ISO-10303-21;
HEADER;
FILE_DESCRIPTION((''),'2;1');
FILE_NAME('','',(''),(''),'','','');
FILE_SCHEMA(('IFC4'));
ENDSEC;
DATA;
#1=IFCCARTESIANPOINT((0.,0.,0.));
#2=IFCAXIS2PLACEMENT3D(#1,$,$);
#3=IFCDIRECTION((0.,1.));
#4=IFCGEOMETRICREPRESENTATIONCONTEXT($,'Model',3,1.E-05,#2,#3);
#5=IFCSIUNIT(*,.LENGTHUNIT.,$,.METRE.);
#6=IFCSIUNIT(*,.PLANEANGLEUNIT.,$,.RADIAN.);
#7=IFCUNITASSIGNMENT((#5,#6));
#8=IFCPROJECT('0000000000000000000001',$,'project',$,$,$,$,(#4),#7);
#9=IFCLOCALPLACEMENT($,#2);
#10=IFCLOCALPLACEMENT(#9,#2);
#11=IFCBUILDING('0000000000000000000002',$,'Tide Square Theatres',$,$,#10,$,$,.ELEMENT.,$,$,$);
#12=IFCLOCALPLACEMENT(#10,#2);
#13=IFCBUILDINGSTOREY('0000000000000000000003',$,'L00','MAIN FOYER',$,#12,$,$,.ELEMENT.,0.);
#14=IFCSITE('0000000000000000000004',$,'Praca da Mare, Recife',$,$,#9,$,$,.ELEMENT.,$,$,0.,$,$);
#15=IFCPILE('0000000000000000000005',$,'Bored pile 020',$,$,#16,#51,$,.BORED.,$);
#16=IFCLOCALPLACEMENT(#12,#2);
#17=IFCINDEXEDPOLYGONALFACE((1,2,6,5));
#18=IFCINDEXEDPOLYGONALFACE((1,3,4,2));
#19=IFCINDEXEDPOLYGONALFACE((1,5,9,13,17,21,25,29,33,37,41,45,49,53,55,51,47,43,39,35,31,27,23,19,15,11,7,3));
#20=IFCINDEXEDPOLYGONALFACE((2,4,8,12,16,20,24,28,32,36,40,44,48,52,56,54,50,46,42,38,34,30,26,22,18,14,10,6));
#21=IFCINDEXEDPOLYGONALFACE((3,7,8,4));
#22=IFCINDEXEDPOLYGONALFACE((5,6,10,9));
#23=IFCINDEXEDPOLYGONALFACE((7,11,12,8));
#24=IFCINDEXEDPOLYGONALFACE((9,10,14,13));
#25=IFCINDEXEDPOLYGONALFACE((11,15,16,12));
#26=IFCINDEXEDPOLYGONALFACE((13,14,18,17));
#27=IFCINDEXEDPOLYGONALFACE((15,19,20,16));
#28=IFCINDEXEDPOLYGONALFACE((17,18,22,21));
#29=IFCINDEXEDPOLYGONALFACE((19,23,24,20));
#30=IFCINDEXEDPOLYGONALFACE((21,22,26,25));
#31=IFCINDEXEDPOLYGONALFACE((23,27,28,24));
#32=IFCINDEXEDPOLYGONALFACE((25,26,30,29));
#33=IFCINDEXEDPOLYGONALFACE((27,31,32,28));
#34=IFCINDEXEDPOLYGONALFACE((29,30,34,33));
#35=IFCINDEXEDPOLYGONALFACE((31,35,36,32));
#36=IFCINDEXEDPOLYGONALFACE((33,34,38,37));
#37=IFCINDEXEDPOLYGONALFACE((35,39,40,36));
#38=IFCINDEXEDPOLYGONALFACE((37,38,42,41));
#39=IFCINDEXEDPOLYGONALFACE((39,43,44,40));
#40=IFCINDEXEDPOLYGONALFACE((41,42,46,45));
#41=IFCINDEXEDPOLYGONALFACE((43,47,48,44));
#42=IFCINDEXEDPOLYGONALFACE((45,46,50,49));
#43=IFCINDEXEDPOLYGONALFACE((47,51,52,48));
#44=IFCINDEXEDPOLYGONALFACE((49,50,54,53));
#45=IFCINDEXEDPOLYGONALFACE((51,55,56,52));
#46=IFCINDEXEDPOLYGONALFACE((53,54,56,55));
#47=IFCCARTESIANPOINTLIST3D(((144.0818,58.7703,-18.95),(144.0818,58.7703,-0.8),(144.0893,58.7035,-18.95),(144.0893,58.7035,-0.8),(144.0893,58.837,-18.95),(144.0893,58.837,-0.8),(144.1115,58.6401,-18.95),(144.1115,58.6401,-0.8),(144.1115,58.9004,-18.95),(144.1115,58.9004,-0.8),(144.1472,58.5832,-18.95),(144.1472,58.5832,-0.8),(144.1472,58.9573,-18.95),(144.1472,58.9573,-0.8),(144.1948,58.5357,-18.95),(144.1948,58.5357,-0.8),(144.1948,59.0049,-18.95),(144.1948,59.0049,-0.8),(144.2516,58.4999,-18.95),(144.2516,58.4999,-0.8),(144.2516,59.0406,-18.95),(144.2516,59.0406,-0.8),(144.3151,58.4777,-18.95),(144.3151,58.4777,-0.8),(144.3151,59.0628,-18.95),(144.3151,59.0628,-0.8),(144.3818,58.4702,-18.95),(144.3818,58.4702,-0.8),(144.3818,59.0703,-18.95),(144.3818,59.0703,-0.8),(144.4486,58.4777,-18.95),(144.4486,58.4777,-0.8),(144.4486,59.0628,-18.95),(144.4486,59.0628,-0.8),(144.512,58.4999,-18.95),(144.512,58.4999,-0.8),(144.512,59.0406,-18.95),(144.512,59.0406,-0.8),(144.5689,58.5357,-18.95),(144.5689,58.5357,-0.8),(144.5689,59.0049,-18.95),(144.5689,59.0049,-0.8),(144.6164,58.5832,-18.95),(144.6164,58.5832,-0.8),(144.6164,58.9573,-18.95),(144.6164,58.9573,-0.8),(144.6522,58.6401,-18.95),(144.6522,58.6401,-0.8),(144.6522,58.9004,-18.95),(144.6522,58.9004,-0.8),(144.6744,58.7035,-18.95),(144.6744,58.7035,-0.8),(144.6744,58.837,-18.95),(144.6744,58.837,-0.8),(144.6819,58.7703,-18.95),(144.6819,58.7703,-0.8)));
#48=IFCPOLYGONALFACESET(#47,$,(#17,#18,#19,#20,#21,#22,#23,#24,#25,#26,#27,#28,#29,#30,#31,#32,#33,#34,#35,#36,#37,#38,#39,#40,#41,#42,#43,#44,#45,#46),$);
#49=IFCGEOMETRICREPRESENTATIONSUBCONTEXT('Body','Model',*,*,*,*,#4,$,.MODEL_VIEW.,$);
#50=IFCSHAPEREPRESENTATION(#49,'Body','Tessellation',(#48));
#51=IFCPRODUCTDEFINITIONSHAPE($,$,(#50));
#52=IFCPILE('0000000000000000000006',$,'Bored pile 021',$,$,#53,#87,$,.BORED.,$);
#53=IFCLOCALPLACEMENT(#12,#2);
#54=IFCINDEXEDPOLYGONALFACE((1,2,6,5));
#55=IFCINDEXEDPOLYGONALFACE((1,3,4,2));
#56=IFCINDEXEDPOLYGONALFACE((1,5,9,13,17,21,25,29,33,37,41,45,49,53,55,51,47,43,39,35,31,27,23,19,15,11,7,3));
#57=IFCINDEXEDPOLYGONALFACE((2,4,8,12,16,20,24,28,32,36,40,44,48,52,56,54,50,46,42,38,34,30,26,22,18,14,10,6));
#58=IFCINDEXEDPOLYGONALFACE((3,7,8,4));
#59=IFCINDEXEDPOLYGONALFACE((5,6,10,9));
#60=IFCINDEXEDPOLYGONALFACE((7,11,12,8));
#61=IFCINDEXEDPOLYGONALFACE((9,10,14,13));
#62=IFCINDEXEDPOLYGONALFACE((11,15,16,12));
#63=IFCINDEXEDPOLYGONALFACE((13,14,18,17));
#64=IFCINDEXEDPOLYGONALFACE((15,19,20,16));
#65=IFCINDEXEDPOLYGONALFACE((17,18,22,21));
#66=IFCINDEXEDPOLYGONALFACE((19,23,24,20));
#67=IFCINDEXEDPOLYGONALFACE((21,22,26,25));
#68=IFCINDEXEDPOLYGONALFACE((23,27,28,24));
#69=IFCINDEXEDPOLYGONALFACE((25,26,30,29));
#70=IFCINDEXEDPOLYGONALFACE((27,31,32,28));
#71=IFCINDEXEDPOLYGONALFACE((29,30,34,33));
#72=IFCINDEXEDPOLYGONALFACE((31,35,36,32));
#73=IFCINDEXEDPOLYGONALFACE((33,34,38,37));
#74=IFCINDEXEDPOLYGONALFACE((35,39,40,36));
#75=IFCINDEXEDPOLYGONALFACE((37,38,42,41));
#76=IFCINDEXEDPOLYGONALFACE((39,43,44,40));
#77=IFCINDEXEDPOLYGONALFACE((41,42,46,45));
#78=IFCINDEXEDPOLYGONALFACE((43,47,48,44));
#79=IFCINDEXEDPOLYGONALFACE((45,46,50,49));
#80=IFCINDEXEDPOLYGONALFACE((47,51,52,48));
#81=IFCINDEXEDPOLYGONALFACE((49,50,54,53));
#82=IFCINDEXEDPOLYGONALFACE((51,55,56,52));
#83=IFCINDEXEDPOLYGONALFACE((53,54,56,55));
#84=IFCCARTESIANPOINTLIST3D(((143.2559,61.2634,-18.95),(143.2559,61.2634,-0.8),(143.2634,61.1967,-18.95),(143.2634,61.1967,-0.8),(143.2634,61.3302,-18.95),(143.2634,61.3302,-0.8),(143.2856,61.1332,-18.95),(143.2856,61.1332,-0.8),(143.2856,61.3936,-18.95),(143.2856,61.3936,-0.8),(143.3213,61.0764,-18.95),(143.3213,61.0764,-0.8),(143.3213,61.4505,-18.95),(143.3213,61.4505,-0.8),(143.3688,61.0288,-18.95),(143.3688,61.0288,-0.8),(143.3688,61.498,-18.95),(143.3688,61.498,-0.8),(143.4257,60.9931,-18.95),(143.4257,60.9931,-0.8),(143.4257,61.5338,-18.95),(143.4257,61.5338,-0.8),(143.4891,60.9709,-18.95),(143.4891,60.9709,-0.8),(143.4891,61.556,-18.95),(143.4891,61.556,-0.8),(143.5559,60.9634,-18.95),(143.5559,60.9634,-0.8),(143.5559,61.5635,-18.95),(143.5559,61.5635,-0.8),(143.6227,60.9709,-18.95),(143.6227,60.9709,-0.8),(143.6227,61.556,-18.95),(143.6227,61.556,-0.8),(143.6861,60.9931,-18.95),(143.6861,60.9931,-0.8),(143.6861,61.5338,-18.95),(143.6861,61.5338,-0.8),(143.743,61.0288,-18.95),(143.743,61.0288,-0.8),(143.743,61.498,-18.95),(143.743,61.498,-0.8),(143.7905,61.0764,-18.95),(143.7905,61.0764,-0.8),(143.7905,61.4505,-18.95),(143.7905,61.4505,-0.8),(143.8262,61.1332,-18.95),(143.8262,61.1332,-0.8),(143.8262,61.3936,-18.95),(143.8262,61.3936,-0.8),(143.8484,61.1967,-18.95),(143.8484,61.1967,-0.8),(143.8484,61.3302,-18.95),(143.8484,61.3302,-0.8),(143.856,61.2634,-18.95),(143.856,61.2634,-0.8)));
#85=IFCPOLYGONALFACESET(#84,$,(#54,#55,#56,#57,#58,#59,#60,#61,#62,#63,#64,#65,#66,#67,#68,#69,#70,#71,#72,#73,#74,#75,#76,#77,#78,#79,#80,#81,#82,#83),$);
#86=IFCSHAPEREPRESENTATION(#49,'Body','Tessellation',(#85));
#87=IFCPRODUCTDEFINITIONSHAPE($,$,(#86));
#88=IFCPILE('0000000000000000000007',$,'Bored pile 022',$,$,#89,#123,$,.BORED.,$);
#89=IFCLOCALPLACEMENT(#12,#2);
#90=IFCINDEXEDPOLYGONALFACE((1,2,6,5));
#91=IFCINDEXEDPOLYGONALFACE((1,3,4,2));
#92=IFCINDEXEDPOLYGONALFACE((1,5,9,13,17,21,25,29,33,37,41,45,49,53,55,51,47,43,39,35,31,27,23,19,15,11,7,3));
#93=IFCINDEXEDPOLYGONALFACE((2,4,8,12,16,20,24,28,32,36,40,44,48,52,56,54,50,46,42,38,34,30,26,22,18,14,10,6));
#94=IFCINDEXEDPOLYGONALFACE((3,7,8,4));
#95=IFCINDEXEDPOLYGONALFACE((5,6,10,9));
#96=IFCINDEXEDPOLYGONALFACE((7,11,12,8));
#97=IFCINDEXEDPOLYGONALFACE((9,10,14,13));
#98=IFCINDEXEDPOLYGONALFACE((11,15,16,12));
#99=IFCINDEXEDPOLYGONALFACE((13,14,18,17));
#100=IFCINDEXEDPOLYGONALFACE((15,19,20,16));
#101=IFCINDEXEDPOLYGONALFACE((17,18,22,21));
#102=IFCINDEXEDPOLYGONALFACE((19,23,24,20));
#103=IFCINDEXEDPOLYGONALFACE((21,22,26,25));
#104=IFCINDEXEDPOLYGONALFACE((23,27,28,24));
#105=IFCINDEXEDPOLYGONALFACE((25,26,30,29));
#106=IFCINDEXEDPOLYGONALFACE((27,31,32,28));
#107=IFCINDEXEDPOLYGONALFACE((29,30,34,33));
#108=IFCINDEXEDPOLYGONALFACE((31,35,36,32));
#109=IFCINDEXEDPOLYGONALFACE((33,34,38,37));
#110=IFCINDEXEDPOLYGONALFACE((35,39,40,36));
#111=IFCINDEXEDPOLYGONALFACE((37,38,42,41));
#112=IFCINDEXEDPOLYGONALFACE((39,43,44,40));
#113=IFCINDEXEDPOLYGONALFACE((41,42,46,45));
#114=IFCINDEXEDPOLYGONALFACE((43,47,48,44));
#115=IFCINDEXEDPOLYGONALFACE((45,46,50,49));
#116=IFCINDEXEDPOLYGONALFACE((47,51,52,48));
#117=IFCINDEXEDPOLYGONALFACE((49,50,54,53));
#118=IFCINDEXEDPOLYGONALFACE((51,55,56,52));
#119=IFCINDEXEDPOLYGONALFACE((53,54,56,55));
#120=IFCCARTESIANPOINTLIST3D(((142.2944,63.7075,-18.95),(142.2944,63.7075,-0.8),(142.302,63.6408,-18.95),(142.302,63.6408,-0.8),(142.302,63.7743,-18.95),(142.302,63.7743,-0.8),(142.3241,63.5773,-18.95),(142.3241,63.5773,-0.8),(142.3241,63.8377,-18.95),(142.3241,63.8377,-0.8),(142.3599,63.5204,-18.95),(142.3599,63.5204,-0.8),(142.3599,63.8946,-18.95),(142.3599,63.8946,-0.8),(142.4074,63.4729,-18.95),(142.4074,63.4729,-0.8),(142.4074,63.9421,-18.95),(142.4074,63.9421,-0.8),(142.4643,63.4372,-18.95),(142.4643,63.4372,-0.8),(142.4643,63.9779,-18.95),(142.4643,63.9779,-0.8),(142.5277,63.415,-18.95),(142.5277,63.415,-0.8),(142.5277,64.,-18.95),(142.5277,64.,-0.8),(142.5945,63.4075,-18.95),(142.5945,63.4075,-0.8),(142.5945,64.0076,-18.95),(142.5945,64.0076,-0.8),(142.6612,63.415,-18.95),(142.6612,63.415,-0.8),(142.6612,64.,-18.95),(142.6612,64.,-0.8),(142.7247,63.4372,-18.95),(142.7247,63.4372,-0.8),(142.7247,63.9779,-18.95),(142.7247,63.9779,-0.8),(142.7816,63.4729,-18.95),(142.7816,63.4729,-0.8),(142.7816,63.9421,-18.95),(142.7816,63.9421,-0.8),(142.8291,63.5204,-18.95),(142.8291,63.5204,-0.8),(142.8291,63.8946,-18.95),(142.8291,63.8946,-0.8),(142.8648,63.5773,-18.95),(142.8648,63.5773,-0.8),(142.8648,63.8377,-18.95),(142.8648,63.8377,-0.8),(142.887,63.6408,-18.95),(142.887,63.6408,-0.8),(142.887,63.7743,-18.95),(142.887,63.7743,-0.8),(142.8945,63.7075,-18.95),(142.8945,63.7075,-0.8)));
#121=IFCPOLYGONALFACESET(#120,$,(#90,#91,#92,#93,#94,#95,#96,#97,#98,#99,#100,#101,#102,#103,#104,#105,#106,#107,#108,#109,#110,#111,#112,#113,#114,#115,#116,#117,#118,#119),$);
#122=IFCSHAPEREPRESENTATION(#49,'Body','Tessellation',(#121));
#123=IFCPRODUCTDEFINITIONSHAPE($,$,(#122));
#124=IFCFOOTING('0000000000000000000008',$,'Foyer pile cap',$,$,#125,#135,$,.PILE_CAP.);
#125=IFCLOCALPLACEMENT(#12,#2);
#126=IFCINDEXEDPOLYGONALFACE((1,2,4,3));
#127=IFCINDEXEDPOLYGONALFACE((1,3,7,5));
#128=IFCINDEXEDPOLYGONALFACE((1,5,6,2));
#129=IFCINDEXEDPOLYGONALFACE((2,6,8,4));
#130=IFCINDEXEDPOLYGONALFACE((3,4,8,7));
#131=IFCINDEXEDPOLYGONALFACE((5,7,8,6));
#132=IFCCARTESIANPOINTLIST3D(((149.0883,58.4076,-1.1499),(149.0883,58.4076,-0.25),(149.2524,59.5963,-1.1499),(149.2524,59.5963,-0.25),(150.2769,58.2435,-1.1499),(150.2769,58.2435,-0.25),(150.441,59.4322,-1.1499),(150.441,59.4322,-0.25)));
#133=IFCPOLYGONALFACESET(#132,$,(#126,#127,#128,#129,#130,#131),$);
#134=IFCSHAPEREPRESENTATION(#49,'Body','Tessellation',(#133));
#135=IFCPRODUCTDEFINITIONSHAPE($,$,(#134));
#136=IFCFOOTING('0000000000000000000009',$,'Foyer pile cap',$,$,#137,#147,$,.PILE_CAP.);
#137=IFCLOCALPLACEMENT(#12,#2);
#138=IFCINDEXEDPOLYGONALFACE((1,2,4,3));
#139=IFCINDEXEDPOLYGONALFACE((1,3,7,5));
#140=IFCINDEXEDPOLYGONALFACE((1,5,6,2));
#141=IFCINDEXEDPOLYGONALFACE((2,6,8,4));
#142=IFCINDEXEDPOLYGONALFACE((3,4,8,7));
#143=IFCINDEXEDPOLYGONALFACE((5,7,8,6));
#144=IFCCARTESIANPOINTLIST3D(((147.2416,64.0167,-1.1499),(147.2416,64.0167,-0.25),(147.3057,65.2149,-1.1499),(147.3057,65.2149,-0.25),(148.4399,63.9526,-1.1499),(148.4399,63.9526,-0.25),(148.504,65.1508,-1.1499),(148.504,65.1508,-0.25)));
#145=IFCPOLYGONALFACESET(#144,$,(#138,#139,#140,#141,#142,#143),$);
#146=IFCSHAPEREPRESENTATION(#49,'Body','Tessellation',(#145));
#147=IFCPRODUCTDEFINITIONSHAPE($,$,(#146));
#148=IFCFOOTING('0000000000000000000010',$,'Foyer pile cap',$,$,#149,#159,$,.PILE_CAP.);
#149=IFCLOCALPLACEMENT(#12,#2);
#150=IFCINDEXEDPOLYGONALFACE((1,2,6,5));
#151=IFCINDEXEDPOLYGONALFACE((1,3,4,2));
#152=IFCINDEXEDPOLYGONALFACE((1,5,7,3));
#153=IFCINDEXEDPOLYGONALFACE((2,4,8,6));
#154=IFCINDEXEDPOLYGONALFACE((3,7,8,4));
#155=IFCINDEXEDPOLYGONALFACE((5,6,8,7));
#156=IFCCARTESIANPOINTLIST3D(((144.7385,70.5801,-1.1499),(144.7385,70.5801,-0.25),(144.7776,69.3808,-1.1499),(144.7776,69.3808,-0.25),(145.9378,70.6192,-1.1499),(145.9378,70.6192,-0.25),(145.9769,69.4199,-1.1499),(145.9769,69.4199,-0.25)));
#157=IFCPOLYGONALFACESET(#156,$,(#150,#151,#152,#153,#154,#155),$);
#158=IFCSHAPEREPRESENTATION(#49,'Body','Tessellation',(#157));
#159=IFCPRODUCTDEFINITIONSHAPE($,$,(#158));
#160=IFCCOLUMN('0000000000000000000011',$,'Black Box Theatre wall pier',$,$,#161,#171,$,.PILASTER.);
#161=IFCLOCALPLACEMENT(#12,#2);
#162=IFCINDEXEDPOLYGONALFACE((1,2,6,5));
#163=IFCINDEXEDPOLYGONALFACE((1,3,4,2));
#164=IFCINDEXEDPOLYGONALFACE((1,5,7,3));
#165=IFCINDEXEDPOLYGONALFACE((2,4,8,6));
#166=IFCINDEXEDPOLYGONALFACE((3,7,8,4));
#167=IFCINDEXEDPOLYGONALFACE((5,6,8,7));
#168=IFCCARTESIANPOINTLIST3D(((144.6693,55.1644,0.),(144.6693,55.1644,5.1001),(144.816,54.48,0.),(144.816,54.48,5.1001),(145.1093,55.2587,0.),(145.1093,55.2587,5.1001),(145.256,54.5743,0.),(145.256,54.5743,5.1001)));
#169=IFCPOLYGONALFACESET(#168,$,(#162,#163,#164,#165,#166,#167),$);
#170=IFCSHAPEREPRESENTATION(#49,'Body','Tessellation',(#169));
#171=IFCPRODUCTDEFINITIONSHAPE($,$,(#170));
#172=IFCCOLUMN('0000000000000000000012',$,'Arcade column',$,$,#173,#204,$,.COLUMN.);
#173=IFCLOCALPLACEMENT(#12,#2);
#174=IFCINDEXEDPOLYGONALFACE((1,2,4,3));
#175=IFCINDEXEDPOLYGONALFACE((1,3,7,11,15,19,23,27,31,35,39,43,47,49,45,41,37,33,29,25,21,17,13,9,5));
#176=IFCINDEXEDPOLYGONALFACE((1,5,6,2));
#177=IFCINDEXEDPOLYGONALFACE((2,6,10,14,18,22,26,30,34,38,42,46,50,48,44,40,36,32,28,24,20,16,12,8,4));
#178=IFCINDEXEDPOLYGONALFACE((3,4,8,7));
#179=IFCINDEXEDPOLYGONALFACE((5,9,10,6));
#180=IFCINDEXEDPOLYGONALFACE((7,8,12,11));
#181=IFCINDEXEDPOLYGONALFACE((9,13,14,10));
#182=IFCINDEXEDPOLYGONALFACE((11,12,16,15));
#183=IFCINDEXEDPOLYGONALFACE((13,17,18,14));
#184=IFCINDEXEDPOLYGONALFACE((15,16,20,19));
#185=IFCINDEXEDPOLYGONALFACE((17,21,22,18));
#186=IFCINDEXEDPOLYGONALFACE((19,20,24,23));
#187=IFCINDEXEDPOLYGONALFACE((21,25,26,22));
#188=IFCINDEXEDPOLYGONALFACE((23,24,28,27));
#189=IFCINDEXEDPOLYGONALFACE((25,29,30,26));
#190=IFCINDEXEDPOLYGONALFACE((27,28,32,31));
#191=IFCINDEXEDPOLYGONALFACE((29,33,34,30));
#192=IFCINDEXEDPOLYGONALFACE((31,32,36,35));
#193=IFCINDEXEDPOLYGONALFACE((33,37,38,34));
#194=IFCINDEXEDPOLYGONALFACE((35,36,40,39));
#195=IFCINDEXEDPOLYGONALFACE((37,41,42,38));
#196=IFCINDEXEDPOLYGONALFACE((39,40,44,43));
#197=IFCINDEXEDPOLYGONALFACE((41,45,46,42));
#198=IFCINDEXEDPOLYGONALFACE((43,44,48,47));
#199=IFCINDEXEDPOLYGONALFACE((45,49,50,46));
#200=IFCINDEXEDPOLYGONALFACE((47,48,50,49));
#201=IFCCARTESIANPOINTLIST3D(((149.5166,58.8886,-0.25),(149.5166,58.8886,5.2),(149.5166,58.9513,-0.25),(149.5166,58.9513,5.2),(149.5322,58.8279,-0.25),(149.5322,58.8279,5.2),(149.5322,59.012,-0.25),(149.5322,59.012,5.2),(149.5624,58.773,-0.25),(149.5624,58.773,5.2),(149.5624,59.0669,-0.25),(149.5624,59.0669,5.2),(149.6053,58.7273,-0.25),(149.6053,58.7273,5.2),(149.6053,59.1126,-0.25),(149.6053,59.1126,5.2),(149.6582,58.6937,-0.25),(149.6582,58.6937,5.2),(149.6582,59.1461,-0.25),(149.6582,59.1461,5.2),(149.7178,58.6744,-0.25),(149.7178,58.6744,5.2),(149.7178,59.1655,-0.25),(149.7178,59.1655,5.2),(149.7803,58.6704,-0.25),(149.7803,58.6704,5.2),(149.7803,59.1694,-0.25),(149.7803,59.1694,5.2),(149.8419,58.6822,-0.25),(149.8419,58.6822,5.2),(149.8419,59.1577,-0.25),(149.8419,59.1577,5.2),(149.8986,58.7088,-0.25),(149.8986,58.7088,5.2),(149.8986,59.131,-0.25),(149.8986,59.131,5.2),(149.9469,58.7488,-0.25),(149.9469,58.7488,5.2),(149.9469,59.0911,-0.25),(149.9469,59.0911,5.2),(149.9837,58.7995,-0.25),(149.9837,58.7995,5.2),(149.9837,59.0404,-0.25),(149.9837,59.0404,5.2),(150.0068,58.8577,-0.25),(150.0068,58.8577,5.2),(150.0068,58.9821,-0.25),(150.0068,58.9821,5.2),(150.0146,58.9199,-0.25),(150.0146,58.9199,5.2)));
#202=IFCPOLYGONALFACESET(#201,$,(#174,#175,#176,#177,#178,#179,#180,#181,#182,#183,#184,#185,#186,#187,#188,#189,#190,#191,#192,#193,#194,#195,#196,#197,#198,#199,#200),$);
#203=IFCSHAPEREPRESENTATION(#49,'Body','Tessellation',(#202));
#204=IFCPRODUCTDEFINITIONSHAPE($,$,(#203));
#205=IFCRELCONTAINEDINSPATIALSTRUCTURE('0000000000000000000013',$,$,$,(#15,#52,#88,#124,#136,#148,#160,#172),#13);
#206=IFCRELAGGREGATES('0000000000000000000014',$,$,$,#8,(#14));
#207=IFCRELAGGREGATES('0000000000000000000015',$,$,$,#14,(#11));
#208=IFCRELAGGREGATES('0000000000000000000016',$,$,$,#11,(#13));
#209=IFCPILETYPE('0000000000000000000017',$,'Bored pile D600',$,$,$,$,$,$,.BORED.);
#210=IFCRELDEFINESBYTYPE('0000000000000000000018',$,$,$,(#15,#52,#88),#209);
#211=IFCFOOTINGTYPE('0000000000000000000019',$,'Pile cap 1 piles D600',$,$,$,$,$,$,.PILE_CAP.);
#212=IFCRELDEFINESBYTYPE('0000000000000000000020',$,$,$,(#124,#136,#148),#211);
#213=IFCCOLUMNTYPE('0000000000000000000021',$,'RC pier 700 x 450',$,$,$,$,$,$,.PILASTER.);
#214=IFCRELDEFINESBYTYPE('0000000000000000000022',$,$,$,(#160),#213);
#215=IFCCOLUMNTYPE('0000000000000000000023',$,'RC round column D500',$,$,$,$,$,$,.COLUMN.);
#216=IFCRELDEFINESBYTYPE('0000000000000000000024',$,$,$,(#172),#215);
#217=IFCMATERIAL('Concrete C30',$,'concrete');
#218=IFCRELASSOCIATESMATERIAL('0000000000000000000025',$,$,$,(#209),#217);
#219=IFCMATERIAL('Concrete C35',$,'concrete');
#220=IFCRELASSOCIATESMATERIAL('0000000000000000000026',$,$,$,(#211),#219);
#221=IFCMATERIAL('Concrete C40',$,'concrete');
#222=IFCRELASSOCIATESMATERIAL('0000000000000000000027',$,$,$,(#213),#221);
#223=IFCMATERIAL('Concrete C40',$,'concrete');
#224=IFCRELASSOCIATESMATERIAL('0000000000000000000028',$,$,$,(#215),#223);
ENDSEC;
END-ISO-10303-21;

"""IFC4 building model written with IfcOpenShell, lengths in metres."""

from ifc_helpers import new_model, si_unit, direction, frame, origin, origin_2d, place, context, subcontext, project, spatial, rectangle, circle, extrude, material, material_profile, profile_set, type_object, element, save


model = new_model("IFC4")

# Units and contexts
model_context = context("Model", 3, precision=1e-05, world=origin(), true_north=direction((0.0, 1.0)))
body_context = subcontext(model_context, "Body", "Model", "MODEL_VIEW")
ifc_project = project(units=[si_unit("LENGTHUNIT", "METRE"), si_unit("PLANEANGLEUNIT", "RADIAN")], contexts=[model_context])

# Site, building, storey
site_placement = place(None, origin())
site = spatial("IfcSite", under=ifc_project, at=site_placement, Name="Praca da Mare, Recife", CompositionType="ELEMENT", RefElevation=0.0)
building_placement = place(site_placement, origin())
building = spatial("IfcBuilding", under=site, at=building_placement, Name="Tide Square Theatres", CompositionType="ELEMENT")
storey_placement = place(building_placement, origin())
storey = spatial("IfcBuildingStorey", under=building, at=storey_placement, Name="L00", Description="MAIN FOYER", CompositionType="ELEMENT", Elevation=0.0)

# Piles
ifc_material_1 = material(Name="Concrete C30", Category="concrete")
ifc_material_profile_1 = material_profile(ifc_material_1, circle(Radius=0.3, at=origin_2d()))
ifc_profile_set_1 = profile_set([ifc_material_profile_1], Name="Concrete C30")
pile_type = type_object("IfcPileType", Name="Bored pile D600", PredefinedType="BORED", material=ifc_profile_set_1)
for number, where, z_axis, x_axis, name in (
    (1, (144.3818, 58.7703, -0.8), (0.0, 0.0, -1.0), (1.0, 0.0, 0.0), "Bored pile 020"),
    (2, (143.5559, 61.2634, -0.8), (0.0, 0.0, -1.0), (1.0, 0.0, 0.0), "Bored pile 021"),
    (3, (142.5945, 63.7075, -0.8), (0.0, 0.0, -1.0), (1.0, 0.0, 0.0), "Bored pile 022"),
):
    element("IfcPile", number, at=place(storey_placement, frame(where, z_axis=z_axis, x_axis=x_axis)), inside=storey, type_object=pile_type, Name=name, PredefinedType="BORED", context=body_context, shape_type="SweptSolid", body=[
        extrude(circle(Radius=0.3, at=origin_2d()), origin(), (0.0, 0.0, 1.0), 18.1499),
    ])

# Footings
ifc_material_2 = material(Name="Concrete C35", Category="concrete")
footing_type = type_object("IfcFootingType", Name="Pile cap 1 piles D600", PredefinedType="PILE_CAP", material=ifc_material_2)
for number, where, z_axis, x_axis, name in (
    (4, (149.7646, 58.9199, -1.1499), (0.0, 0.0, 1.0), (0.136774, 0.990602, 0.0), "Foyer pile cap"),
    (5, (147.8728, 64.5837, -1.1499), (0.0, 0.0, 1.0), (0.053408, 0.998573, 0.0), "Foyer pile cap"),
    (6, (145.3577, 70.0, -1.1499), (0.0, 0.0, 1.0), (-0.032578, 0.999469, 0.0), "Foyer pile cap"),
):
    element("IfcFooting", number, at=place(storey_placement, frame(where, z_axis=z_axis, x_axis=x_axis)), inside=storey, type_object=footing_type, Name=name, PredefinedType="PILE_CAP", context=body_context, shape_type="SweptSolid", body=[
        extrude(rectangle(XDim=1.2, YDim=1.2, at=origin_2d()), origin(), (0.0, 0.0, 1.0), 0.8999),
    ])

# Columns
ifc_material_3 = material(Name="Concrete C40", Category="concrete")
ifc_material_profile_2 = material_profile(ifc_material_3, rectangle(XDim=0.7, YDim=0.45, at=origin_2d()))
ifc_profile_set_2 = profile_set([ifc_material_profile_2], Name="Concrete C40")
column_type_1 = type_object("IfcColumnType", Name="RC pier 700 x 450", PredefinedType="PILASTER", material=ifc_profile_set_2)
column_placement = place(storey_placement, frame((144.9626, 54.8694, 0.0), z_axis=(0.0, 0.0, 1.0), x_axis=(-0.209561, 0.977796, 0.0)))
element("IfcColumn", 7, at=column_placement, inside=storey, type_object=column_type_1, Name="Black Box Theatre wall pier", PredefinedType="PILASTER", context=body_context, shape_type="SweptSolid", body=[
    extrude(rectangle(XDim=0.7, YDim=0.45, at=origin_2d()), origin(), (0.0, 0.0, 1.0), 5.1001),
])
ifc_material_4 = material(Name="Concrete C40", Category="concrete")
ifc_material_profile_3 = material_profile(ifc_material_4, circle(Radius=0.25, at=origin_2d()))
ifc_profile_set_3 = profile_set([ifc_material_profile_3], Name="Concrete C40")
column_type_2 = type_object("IfcColumnType", Name="RC round column D500", PredefinedType="COLUMN", material=ifc_profile_set_3)
for number, where, z_axis, x_axis, name in (
    (8, (149.7646, 58.9199, -0.25), (0.0, 0.0, 1.0), (1.0, 0.0, 0.0), "Arcade column"),
):
    element("IfcColumn", number, at=place(storey_placement, frame(where, z_axis=z_axis, x_axis=x_axis)), inside=storey, type_object=column_type_2, Name=name, PredefinedType="COLUMN", context=body_context, shape_type="SweptSolid", body=[
        extrude(circle(Radius=0.25, at=origin_2d()), origin(), (0.0, 0.0, 1.0), 5.45),
    ])

save(model, "model.ifc")
